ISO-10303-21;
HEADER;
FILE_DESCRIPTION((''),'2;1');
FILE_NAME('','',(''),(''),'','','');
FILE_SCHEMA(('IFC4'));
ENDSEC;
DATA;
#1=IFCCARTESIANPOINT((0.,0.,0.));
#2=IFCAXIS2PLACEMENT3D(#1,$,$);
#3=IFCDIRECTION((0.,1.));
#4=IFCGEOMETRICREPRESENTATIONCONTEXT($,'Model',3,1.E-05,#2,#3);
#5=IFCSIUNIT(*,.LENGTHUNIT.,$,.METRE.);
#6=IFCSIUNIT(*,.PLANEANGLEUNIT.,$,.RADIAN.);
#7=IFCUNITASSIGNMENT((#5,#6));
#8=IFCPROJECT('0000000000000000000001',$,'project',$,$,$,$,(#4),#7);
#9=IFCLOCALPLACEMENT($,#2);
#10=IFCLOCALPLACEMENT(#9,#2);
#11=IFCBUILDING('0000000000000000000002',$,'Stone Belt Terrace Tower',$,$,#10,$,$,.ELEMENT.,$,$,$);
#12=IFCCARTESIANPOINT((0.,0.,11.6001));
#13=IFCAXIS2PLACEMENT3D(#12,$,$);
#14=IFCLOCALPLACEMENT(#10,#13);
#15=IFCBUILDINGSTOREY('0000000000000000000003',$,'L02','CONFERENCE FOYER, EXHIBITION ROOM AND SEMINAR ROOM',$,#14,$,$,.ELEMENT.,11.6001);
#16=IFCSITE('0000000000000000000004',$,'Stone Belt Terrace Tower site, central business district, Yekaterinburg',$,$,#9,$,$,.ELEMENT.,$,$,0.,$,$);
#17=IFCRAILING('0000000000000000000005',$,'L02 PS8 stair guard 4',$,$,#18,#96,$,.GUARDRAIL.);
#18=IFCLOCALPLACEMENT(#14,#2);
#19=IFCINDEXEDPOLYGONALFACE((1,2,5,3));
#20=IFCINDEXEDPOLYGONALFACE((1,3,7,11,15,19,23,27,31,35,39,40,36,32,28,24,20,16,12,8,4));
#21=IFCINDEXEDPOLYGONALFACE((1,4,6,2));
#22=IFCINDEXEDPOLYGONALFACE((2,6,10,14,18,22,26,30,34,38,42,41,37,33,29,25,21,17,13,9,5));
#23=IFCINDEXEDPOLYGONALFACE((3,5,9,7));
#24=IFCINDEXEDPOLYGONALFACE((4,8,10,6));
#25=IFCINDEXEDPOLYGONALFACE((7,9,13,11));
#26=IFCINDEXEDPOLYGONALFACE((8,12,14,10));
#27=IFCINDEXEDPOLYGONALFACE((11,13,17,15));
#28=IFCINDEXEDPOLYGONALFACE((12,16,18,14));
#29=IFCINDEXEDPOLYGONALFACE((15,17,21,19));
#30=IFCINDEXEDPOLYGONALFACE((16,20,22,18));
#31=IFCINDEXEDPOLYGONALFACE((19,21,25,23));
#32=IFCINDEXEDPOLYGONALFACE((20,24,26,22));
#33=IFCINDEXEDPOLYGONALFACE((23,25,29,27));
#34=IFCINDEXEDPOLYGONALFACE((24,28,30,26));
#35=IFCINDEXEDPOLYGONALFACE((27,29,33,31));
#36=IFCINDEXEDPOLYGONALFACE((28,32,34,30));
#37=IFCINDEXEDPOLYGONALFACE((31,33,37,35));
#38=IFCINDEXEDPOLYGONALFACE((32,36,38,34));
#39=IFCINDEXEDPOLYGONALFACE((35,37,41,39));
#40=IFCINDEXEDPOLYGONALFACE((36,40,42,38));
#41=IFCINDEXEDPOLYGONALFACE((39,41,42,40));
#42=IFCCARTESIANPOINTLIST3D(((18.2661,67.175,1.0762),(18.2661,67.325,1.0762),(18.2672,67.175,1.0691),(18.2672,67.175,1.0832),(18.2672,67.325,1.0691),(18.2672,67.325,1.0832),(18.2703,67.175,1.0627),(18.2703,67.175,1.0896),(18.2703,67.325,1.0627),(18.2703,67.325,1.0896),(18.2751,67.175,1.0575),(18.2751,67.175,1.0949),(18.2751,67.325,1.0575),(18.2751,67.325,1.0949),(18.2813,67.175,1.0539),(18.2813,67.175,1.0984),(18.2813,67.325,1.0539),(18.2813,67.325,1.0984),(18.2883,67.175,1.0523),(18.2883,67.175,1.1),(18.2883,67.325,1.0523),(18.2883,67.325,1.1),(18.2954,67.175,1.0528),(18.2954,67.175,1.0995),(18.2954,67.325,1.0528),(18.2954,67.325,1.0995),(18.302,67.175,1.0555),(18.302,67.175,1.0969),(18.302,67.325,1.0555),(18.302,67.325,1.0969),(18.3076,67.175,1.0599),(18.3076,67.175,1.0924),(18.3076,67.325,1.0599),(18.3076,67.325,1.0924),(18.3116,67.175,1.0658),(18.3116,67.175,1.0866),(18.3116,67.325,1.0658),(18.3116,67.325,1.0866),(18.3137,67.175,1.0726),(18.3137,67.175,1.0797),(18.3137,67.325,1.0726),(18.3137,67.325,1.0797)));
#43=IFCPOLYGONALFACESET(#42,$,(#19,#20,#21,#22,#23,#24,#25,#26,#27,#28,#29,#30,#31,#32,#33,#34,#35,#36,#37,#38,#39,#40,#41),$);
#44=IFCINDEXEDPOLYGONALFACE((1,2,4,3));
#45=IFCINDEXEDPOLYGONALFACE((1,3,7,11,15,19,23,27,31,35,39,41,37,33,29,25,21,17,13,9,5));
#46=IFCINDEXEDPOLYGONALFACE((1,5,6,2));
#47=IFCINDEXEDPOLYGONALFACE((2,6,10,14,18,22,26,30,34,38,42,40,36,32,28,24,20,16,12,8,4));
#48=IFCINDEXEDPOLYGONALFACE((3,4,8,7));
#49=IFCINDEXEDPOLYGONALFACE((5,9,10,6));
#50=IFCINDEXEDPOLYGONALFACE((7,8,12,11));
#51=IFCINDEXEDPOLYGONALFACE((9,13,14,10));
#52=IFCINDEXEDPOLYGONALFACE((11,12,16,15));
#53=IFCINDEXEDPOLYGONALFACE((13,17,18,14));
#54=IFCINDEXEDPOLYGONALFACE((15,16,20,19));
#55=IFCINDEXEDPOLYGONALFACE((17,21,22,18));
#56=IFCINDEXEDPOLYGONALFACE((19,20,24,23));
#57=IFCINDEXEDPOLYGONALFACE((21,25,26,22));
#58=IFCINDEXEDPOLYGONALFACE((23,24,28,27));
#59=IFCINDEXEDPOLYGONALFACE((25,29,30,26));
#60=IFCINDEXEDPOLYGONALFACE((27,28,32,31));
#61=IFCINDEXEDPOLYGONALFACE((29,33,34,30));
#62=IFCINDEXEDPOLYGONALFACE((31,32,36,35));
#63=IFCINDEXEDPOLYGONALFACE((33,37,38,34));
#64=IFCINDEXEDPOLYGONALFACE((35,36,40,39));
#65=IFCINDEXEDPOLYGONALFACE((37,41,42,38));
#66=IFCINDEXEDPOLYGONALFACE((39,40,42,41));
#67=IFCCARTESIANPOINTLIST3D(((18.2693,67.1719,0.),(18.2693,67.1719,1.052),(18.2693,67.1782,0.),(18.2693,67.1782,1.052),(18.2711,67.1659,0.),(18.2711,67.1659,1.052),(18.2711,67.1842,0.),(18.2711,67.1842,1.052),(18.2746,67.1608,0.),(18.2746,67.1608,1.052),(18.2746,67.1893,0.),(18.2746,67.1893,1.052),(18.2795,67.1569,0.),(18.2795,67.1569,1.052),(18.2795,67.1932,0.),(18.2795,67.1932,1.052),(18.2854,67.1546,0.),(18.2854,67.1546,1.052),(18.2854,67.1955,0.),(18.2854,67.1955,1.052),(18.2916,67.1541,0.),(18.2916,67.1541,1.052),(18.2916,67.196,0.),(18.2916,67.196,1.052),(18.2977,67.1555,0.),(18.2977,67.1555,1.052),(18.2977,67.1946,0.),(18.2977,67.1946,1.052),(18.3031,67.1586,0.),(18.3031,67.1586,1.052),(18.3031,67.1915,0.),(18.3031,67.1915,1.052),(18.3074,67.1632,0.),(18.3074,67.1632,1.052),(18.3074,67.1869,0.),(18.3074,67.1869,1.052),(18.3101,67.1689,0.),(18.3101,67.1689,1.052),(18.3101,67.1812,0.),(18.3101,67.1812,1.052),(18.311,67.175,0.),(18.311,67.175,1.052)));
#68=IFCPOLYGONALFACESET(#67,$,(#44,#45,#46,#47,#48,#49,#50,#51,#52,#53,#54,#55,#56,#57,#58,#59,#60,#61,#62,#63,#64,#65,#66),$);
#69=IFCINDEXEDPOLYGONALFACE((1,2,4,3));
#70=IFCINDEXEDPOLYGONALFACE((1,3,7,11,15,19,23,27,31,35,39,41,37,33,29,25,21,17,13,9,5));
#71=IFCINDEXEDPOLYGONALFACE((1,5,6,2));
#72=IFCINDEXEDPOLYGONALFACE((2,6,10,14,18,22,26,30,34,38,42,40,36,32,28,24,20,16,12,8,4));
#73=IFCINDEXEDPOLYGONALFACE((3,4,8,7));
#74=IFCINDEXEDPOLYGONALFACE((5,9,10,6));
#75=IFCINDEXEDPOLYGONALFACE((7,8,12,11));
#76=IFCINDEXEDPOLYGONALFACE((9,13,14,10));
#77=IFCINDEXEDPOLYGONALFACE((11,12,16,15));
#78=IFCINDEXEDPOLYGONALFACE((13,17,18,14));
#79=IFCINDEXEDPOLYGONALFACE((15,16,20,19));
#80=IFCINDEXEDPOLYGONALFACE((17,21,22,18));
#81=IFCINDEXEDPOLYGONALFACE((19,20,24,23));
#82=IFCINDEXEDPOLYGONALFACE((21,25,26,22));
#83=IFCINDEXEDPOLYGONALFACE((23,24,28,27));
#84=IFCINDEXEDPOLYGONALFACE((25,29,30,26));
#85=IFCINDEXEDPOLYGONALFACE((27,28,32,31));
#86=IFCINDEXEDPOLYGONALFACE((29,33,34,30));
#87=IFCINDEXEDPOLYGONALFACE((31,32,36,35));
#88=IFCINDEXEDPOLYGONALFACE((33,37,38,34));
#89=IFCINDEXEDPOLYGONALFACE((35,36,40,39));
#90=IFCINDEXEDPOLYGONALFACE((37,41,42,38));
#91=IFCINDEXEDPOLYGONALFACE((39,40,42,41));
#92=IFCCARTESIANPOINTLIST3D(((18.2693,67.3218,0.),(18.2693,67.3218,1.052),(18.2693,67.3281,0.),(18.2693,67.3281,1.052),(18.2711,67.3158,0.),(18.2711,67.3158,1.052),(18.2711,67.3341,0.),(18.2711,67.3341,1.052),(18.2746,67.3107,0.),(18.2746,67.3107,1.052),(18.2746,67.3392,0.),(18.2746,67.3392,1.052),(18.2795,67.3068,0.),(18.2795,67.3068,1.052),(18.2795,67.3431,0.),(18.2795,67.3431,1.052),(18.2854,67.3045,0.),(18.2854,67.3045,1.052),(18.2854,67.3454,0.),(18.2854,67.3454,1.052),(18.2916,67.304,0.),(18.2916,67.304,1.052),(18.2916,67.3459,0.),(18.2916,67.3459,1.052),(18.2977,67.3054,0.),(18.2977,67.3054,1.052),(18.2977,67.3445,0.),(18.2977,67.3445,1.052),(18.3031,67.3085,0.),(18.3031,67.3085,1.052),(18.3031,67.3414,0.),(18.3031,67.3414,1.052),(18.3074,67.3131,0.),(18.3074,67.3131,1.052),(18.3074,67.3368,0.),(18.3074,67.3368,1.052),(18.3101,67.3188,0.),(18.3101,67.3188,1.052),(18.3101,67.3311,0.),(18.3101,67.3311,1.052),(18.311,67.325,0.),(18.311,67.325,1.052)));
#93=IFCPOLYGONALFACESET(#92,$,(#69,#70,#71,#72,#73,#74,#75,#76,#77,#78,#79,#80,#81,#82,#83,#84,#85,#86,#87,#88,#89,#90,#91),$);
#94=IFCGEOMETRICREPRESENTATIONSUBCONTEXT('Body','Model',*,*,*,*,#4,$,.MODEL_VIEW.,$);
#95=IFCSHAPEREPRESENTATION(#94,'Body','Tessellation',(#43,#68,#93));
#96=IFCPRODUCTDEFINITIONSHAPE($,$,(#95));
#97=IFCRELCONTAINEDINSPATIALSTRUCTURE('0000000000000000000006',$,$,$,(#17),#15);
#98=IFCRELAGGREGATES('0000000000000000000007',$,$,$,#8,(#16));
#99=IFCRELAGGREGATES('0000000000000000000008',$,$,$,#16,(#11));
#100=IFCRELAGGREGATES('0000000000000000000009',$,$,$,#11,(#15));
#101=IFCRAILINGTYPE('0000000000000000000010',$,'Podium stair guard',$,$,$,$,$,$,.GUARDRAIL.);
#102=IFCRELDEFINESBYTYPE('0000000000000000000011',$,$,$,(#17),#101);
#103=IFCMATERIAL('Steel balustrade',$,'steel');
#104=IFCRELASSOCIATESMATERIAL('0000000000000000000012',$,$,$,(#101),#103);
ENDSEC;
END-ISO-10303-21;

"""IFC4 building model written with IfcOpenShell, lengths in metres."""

from ifc_helpers import new_model, si_unit, direction, frame, origin, origin_2d, place, context, subcontext, project, spatial, circle, extrude, material, type_object, element, save


model = new_model("IFC4")

# Units and contexts
model_context = context("Model", 3, precision=1e-05, world=origin(), true_north=direction((0.0, 1.0)))
body_context = subcontext(model_context, "Body", "Model", "MODEL_VIEW")
ifc_project = project(units=[si_unit("LENGTHUNIT", "METRE"), si_unit("PLANEANGLEUNIT", "RADIAN")], contexts=[model_context])

# Site, building, storey
site_placement = place(None, origin())
site = spatial("IfcSite", under=ifc_project, at=site_placement, Name="Stone Belt Terrace Tower site, central business district, Yekaterinburg", CompositionType="ELEMENT", RefElevation=0.0)
building_placement = place(site_placement, origin())
building = spatial("IfcBuilding", under=site, at=building_placement, Name="Stone Belt Terrace Tower", CompositionType="ELEMENT")
storey_placement = place(building_placement, frame((0.0, 0.0, 11.6001)))
storey = spatial("IfcBuildingStorey", under=building, at=storey_placement, Name="L02", Description="CONFERENCE FOYER, EXHIBITION ROOM AND SEMINAR ROOM", CompositionType="ELEMENT", Elevation=11.6001)

# Railing
ifc_material_1 = material(Name="Steel balustrade", Category="steel")
railing_type_1 = type_object("IfcRailingType", Name="Podium stair guard", PredefinedType="GUARDRAIL", material=ifc_material_1)
railing_1_placement = place(storey_placement, frame((18.29, 67.175, 0.0)))
element("IfcRailing", 1, at=railing_1_placement, inside=storey, type_object=railing_type_1, Name="L02 PS8 stair guard 4", PredefinedType="GUARDRAIL", context=body_context, shape_type="SweptSolid", body=[
    extrude(circle(Radius=0.0239, at=origin_2d()), frame((0.0, 0.0, 1.0762), z_axis=(0.0, 1.0, 0.0), x_axis=(-1.0, 0.0, 0.0)), (0.0, 0.0, 1.0), 0.1499),
    extrude(circle(Radius=0.021, at=origin_2d()), origin(), (0.0, 0.0, 1.0), 1.052),
    extrude(circle(Radius=0.021, at=origin_2d()), frame((0.0, 0.1499, 0.0)), (0.0, 0.0, 1.0), 1.052),
])

save(model, "model.ifc")
